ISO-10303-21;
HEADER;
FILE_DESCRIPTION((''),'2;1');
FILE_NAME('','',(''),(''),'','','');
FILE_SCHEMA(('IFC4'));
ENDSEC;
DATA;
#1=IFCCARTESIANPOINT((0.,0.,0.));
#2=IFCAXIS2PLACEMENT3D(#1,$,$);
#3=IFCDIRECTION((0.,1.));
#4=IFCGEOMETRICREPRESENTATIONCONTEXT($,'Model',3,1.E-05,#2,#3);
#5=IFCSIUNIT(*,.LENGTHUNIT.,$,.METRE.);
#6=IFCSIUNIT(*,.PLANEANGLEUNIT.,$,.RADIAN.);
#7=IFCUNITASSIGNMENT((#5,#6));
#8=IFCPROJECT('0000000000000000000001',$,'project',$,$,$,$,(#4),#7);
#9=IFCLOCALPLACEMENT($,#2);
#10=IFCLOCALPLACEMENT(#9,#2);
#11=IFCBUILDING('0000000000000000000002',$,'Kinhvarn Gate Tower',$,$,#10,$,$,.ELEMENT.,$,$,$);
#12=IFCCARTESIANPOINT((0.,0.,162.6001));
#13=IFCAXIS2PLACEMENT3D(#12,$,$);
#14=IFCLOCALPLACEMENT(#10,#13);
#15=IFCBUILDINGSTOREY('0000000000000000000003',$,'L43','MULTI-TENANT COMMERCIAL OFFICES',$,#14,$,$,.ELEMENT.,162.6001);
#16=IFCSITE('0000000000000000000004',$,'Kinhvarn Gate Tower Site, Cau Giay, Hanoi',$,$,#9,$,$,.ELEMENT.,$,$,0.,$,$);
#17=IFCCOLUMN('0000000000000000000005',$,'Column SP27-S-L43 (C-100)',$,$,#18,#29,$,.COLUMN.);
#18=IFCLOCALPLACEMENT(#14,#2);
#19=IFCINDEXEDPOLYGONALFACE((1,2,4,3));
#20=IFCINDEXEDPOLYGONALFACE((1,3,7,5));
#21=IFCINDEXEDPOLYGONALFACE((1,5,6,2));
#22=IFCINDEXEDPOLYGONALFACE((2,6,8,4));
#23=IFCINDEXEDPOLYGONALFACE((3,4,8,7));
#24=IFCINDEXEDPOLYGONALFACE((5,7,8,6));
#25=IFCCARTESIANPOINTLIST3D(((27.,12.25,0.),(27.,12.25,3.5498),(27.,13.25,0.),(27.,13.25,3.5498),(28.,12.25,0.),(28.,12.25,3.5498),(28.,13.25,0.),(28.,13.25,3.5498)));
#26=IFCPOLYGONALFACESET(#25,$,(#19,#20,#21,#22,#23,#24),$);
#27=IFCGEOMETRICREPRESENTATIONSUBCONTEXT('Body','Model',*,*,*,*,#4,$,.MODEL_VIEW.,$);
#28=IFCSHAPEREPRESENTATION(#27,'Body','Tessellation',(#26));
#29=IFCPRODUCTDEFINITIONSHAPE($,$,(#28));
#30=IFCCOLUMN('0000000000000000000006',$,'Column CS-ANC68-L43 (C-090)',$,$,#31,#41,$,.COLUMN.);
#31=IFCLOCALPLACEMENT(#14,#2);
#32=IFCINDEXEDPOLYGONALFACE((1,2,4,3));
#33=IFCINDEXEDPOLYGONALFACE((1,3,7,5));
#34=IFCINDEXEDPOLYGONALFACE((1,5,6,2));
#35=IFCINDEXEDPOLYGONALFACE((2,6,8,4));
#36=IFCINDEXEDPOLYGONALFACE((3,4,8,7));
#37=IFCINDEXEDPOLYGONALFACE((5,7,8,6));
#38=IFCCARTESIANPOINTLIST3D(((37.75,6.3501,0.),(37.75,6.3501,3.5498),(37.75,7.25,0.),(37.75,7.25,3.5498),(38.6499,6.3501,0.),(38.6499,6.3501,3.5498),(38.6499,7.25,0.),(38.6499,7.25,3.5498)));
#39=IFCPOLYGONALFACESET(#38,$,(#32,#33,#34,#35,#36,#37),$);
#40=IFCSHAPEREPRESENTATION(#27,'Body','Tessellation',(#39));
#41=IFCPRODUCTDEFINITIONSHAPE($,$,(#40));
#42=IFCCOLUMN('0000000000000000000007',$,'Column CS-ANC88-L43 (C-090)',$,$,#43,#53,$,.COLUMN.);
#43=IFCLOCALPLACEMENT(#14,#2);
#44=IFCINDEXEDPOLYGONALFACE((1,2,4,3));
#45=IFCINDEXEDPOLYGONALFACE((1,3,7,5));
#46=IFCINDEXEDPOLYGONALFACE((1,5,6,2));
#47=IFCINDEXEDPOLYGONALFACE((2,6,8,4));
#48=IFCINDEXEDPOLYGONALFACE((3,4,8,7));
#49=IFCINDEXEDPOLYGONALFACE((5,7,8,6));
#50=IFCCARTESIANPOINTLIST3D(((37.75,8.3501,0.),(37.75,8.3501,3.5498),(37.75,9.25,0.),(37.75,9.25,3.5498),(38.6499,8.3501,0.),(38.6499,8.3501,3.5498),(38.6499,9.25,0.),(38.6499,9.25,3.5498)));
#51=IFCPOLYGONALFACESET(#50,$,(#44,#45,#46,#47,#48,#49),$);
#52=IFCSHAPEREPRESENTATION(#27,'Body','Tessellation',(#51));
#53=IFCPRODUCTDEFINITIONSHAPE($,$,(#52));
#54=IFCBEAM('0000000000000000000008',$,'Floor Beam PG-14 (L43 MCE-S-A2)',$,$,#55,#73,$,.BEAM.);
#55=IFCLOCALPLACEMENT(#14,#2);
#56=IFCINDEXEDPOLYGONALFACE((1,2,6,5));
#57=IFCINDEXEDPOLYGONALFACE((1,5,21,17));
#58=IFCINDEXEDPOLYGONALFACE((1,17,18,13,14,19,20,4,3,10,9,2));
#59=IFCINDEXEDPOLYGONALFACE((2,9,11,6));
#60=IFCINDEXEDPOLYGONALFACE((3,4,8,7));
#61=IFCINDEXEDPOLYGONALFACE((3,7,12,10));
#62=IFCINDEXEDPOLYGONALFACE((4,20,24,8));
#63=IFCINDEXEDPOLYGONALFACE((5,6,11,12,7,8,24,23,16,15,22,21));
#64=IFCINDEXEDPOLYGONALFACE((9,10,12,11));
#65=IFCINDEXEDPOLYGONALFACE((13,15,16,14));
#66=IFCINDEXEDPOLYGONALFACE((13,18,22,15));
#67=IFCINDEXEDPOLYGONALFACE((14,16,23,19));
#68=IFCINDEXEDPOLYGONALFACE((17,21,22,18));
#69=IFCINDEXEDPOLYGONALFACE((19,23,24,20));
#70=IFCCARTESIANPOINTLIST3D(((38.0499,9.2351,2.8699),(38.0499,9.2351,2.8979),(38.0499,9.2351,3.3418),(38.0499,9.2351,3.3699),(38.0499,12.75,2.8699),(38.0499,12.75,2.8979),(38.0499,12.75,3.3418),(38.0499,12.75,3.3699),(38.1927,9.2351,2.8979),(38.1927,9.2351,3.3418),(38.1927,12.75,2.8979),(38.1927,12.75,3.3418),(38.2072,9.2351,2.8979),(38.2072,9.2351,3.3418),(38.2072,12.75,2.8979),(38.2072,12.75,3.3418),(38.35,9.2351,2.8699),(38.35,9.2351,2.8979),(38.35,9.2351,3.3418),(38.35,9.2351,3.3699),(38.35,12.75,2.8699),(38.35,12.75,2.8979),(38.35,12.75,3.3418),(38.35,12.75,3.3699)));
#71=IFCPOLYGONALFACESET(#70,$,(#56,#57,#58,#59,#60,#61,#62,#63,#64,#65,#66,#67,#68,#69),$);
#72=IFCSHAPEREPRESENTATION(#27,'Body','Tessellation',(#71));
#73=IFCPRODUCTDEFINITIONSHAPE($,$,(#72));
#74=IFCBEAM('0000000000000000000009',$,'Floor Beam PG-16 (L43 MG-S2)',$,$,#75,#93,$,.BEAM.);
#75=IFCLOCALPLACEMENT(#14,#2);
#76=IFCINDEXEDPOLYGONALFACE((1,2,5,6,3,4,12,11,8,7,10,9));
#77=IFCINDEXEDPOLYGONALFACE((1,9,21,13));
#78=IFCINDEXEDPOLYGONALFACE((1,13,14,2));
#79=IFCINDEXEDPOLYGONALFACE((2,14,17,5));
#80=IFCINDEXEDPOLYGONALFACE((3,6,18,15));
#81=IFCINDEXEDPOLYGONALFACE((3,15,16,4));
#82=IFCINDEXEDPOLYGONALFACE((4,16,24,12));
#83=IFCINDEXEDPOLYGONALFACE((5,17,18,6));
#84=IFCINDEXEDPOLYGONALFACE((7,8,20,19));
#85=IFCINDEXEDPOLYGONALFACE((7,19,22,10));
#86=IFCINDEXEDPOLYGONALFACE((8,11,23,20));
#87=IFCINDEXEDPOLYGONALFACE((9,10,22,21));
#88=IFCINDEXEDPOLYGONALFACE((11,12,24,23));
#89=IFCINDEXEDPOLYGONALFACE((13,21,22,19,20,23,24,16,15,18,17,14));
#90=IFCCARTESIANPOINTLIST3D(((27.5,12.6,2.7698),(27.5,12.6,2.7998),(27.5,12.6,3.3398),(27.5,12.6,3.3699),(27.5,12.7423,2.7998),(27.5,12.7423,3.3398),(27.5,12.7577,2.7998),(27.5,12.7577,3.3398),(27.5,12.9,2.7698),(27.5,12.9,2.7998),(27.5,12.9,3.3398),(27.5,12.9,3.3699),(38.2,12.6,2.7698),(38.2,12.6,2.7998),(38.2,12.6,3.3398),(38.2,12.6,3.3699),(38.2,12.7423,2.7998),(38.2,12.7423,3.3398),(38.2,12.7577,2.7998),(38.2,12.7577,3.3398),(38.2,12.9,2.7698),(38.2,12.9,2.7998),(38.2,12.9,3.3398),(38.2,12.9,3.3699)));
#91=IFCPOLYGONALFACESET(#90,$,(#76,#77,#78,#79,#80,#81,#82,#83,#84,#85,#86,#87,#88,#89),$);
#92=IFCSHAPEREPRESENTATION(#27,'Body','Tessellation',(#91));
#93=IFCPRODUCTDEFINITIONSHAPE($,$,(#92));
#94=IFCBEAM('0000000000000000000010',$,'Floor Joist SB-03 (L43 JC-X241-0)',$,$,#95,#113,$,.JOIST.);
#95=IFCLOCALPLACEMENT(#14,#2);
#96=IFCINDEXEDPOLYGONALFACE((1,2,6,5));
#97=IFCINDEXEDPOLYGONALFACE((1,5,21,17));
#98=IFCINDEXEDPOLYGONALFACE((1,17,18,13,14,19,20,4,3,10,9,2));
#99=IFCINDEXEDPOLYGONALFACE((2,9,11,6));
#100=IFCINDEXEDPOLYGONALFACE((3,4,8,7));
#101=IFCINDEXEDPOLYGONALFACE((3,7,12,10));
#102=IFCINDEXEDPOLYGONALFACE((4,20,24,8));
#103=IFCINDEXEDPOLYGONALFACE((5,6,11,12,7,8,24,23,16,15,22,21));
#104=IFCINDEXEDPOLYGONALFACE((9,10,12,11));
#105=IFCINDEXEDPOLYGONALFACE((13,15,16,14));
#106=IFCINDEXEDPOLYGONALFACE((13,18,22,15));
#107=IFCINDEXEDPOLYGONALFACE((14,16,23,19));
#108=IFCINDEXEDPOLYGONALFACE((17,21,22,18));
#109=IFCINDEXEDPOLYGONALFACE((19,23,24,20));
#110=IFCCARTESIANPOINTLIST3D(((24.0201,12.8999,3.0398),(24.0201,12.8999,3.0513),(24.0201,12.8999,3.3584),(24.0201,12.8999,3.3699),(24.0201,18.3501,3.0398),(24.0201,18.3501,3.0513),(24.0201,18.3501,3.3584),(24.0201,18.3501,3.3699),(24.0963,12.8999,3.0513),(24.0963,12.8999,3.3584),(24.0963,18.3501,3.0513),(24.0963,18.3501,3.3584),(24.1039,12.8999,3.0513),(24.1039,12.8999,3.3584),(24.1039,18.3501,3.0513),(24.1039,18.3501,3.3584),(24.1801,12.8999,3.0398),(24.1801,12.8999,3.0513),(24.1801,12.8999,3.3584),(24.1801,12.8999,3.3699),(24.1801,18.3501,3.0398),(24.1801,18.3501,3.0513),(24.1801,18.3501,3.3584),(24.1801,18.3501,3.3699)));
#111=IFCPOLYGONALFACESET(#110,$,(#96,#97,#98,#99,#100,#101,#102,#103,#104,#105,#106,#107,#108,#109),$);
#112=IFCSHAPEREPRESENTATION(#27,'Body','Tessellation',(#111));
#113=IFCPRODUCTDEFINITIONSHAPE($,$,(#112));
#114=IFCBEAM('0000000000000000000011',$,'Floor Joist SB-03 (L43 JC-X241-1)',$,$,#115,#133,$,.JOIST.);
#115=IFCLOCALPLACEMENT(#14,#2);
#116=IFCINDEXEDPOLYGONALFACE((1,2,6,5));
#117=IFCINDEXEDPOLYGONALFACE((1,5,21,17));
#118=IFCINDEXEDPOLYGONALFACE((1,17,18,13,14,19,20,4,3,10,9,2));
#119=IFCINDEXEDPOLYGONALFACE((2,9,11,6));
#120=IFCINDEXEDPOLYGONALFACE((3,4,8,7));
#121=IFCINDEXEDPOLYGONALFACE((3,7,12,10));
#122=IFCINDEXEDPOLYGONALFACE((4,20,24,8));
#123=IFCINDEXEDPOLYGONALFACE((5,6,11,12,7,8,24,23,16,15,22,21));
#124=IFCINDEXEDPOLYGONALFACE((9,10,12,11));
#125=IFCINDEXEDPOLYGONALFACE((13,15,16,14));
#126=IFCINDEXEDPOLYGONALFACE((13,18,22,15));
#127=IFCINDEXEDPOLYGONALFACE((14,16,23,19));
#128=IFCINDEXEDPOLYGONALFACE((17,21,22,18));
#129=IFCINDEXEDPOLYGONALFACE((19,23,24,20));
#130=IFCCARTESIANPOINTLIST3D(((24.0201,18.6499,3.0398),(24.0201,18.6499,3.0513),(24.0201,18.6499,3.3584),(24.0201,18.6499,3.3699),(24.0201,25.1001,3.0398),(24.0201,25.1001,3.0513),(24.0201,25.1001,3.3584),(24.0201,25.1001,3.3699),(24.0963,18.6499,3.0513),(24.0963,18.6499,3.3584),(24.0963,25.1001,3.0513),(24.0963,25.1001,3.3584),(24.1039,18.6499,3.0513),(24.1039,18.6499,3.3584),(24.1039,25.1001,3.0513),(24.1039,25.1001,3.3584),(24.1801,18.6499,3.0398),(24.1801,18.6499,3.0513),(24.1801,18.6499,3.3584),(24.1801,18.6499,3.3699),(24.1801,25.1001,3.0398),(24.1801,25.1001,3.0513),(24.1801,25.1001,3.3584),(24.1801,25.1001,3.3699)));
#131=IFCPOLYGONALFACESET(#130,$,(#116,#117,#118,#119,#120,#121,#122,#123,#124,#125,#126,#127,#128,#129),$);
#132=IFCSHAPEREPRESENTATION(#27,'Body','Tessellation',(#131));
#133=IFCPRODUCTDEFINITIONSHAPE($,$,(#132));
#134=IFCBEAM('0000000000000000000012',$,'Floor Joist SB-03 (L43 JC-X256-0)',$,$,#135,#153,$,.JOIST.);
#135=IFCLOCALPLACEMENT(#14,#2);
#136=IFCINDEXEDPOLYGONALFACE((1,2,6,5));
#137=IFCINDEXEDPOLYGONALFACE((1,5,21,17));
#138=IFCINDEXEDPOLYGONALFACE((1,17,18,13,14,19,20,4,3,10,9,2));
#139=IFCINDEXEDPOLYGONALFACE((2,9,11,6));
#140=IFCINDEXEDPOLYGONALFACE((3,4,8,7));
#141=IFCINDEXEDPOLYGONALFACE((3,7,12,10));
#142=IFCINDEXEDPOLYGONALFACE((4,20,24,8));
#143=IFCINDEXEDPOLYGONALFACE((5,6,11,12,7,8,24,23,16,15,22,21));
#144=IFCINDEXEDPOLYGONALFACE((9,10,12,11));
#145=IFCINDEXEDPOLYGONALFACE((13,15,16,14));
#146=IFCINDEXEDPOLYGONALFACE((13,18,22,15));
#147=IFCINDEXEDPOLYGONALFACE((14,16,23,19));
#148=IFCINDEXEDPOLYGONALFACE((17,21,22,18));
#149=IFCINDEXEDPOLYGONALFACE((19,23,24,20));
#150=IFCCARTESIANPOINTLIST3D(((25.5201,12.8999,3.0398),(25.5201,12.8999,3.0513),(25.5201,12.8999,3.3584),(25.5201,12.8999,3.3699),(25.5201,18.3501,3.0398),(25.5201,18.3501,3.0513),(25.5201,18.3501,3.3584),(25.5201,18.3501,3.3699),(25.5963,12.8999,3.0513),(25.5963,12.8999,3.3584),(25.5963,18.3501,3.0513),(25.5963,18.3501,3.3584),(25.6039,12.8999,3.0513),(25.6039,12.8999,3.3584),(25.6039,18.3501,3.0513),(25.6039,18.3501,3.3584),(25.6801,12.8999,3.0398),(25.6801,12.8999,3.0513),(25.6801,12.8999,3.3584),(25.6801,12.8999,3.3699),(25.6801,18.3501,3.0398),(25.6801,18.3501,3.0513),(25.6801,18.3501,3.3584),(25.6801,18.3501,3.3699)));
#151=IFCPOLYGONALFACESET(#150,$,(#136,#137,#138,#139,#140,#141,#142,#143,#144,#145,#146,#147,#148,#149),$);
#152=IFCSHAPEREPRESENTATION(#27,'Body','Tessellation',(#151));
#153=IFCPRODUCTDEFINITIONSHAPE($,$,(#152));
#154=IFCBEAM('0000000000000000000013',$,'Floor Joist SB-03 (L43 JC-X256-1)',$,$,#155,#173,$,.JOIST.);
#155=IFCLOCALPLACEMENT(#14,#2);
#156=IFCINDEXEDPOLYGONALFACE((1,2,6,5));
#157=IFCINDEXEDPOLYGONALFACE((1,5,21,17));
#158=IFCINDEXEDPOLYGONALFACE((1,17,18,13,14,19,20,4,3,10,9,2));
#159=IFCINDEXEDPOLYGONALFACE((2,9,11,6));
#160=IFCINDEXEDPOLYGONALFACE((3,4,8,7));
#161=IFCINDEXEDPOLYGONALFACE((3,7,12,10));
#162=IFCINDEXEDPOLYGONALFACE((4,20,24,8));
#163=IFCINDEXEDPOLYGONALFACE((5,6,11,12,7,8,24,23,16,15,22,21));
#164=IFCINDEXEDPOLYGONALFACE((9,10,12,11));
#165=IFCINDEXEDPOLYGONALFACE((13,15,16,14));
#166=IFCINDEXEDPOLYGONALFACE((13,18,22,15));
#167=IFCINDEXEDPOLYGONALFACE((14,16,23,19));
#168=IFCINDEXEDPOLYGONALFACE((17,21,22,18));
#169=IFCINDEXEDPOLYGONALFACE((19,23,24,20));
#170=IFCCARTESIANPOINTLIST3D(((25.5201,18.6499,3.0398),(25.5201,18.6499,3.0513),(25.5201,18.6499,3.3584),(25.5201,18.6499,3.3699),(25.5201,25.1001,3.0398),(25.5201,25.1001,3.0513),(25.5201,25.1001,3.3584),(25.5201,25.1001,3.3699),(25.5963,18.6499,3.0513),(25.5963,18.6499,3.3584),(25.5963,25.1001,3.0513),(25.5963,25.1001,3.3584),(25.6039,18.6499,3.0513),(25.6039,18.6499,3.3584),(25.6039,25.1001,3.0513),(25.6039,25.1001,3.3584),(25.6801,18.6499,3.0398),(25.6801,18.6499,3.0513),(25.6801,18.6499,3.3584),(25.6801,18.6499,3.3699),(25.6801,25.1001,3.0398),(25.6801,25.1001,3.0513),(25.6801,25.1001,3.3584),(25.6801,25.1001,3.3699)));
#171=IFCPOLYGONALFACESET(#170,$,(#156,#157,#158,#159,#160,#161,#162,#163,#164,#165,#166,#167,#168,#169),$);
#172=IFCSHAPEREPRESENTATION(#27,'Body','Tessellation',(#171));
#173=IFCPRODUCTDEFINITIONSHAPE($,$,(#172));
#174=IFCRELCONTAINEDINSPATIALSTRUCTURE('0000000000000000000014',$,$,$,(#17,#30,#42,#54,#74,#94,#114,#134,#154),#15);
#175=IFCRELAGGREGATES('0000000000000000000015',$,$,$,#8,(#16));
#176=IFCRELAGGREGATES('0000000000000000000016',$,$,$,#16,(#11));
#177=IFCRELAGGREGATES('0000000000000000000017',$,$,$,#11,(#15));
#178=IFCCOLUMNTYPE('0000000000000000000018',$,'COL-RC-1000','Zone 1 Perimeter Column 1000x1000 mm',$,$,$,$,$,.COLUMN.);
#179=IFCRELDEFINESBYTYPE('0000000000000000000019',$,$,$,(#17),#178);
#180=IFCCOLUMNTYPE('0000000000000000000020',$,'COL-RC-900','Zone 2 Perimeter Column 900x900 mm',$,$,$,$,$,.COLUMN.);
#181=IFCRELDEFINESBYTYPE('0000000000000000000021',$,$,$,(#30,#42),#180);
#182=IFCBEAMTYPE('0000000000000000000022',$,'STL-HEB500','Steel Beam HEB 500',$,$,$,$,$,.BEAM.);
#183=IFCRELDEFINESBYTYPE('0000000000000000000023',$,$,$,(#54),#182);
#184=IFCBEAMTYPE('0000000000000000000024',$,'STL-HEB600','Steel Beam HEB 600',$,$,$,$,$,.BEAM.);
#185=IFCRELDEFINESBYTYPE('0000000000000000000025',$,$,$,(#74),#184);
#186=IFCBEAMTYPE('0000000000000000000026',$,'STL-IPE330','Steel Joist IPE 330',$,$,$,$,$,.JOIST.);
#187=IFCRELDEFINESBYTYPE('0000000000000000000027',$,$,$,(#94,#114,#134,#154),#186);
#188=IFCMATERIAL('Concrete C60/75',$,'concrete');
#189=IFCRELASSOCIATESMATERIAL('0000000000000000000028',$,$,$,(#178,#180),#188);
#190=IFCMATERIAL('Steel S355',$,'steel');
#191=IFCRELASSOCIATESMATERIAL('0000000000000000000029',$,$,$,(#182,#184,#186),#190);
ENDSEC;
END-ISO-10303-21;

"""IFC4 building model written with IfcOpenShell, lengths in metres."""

from ifc_helpers import new_model, si_unit, direction, frame, origin, origin_2d, place, context, subcontext, project, spatial, rectangle, i_section, extrude, material, material_profile, profile_set, type_object, element, save


model = new_model("IFC4")

# Units and contexts
model_context = context("Model", 3, precision=1e-05, world=origin(), true_north=direction((0.0, 1.0)))
body_context = subcontext(model_context, "Body", "Model", "MODEL_VIEW")
ifc_project = project(units=[si_unit("LENGTHUNIT", "METRE"), si_unit("PLANEANGLEUNIT", "RADIAN")], contexts=[model_context])

# Site, building, storey
site_placement = place(None, origin())
site = spatial("IfcSite", under=ifc_project, at=site_placement, Name="Kinhvarn Gate Tower Site, Cau Giay, Hanoi", CompositionType="ELEMENT", RefElevation=0.0)
building_placement = place(site_placement, origin())
building = spatial("IfcBuilding", under=site, at=building_placement, Name="Kinhvarn Gate Tower", CompositionType="ELEMENT")
storey_placement = place(building_placement, frame((0.0, 0.0, 162.6001)))
storey = spatial("IfcBuildingStorey", under=building, at=storey_placement, Name="L43", Description="MULTI-TENANT COMMERCIAL OFFICES", CompositionType="ELEMENT", Elevation=162.6001)

# Columns
ifc_material_1 = material(Name="Concrete C60/75", Category="concrete")
ifc_material_profile_1 = material_profile(ifc_material_1, rectangle(XDim=1.0, YDim=1.0, at=origin_2d()), Name="RC 1000x1000")
ifc_profile_set_1 = profile_set([ifc_material_profile_1], Name="Concrete C60/75")
column_type_1 = type_object("IfcColumnType", Name="COL-RC-1000", Description="Zone 1 Perimeter Column 1000x1000 mm", PredefinedType="COLUMN", material=ifc_profile_set_1)
column_placement = place(storey_placement, frame((27.5, 12.75, 0.0), z_axis=(0.0, 0.0, 1.0), x_axis=(1.0, 0.0, 0.0)))
element("IfcColumn", 1, at=column_placement, inside=storey, type_object=column_type_1, Name="Column SP27-S-L43 (C-100)", PredefinedType="COLUMN", context=body_context, shape_type="SweptSolid", body=[
    extrude(rectangle(XDim=1.0, YDim=1.0, at=origin_2d()), origin(), (0.0, 0.0, 1.0), 3.5498),
])
ifc_material_profile_2 = material_profile(ifc_material_1, rectangle(XDim=0.8999, YDim=0.8999, at=origin_2d()), Name="RC 900x900")
ifc_profile_set_2 = profile_set([ifc_material_profile_2], Name="Concrete C60/75")
column_type_2 = type_object("IfcColumnType", Name="COL-RC-900", Description="Zone 2 Perimeter Column 900x900 mm", PredefinedType="COLUMN", material=ifc_profile_set_2)
for number, where, z_axis, x_axis, name in (
    (2, (38.2, 6.8, 0.0), (0.0, 0.0, 1.0), (1.0, 0.0, 0.0), "Column CS-ANC68-L43 (C-090)"),
    (3, (38.2, 8.8, 0.0), (0.0, 0.0, 1.0), (1.0, 0.0, 0.0), "Column CS-ANC88-L43 (C-090)"),
):
    element("IfcColumn", number, at=place(storey_placement, frame(where, z_axis=z_axis, x_axis=x_axis)), inside=storey, type_object=column_type_2, Name=name, PredefinedType="COLUMN", context=body_context, shape_type="SweptSolid", body=[
        extrude(rectangle(XDim=0.8999, YDim=0.8999, at=origin_2d()), origin(), (0.0, 0.0, 1.0), 3.5498),
    ])

# Beams
ifc_material_2 = material(Name="Steel S355", Category="steel")
ifc_material_profile_3 = material_profile(ifc_material_2, i_section(OverallWidth=0.3, OverallDepth=0.5, WebThickness=0.0144, FlangeThickness=0.0281, at=origin_2d()), Name="HEB 500")
ifc_profile_set_3 = profile_set([ifc_material_profile_3], Name="Steel S355")
beam_type_1 = type_object("IfcBeamType", Name="STL-HEB500", Description="Steel Beam HEB 500", PredefinedType="BEAM", material=ifc_profile_set_3)
beam_1_placement = place(storey_placement, frame((38.2, 9.2351, 3.1199), z_axis=(0.0, 1.0, 0.0), x_axis=(-1.0, 0.0, 0.0)))
element("IfcBeam", 4, at=beam_1_placement, inside=storey, type_object=beam_type_1, Name="Floor Beam PG-14 (L43 MCE-S-A2)", PredefinedType="BEAM", context=body_context, shape_type="SweptSolid", body=[
    extrude(i_section(OverallWidth=0.3, OverallDepth=0.5, WebThickness=0.0144, FlangeThickness=0.0281, at=origin_2d()), origin(), (0.0, 0.0, 1.0), 3.5149),
])
ifc_material_profile_4 = material_profile(ifc_material_2, i_section(OverallWidth=0.3, OverallDepth=0.6001, WebThickness=0.0154, FlangeThickness=0.03, at=origin_2d()), Name="HEB 600")
ifc_profile_set_4 = profile_set([ifc_material_profile_4], Name="Steel S355")
beam_type_2 = type_object("IfcBeamType", Name="STL-HEB600", Description="Steel Beam HEB 600", PredefinedType="BEAM", material=ifc_profile_set_4)
beam_2_placement = place(storey_placement, frame((27.5, 12.75, 3.0698), z_axis=(1.0, 0.0, 0.0), x_axis=(0.0, 1.0, 0.0)))
element("IfcBeam", 5, at=beam_2_placement, inside=storey, type_object=beam_type_2, Name="Floor Beam PG-16 (L43 MG-S2)", PredefinedType="BEAM", context=body_context, shape_type="SweptSolid", body=[
    extrude(i_section(OverallWidth=0.3, OverallDepth=0.6001, WebThickness=0.0154, FlangeThickness=0.03, at=origin_2d()), origin(), (0.0, 0.0, 1.0), 10.7),
])
ifc_material_profile_5 = material_profile(ifc_material_2, i_section(OverallWidth=0.1599, OverallDepth=0.3301, WebThickness=0.0076, FlangeThickness=0.0115, at=origin_2d()), Name="IPE 330")
ifc_profile_set_5 = profile_set([ifc_material_profile_5], Name="Steel S355")
beam_type_3 = type_object("IfcBeamType", Name="STL-IPE330", Description="Steel Joist IPE 330", PredefinedType="JOIST", material=ifc_profile_set_5)
beam_3_placement = place(storey_placement, frame((24.1001, 12.8999, 3.2048), z_axis=(0.0, 1.0, 0.0), x_axis=(-1.0, 0.0, 0.0)))
element("IfcBeam", 6, at=beam_3_placement, inside=storey, type_object=beam_type_3, Name="Floor Joist SB-03 (L43 JC-X241-0)", PredefinedType="JOIST", context=body_context, shape_type="SweptSolid", body=[
    extrude(i_section(OverallWidth=0.1599, OverallDepth=0.3301, WebThickness=0.0076, FlangeThickness=0.0115, at=origin_2d()), origin(), (0.0, 0.0, 1.0), 5.4502),
])
beam_4_placement = place(storey_placement, frame((24.1001, 18.6499, 3.2048), z_axis=(0.0, 1.0, 0.0), x_axis=(-1.0, 0.0, 0.0)))
element("IfcBeam", 7, at=beam_4_placement, inside=storey, type_object=beam_type_3, Name="Floor Joist SB-03 (L43 JC-X241-1)", PredefinedType="JOIST", context=body_context, shape_type="SweptSolid", body=[
    extrude(i_section(OverallWidth=0.1599, OverallDepth=0.3301, WebThickness=0.0076, FlangeThickness=0.0115, at=origin_2d()), origin(), (0.0, 0.0, 1.0), 6.4502),
])
beam_5_placement = place(storey_placement, frame((25.6001, 12.8999, 3.2048), z_axis=(0.0, 1.0, 0.0), x_axis=(-1.0, 0.0, 0.0)))
element("IfcBeam", 8, at=beam_5_placement, inside=storey, type_object=beam_type_3, Name="Floor Joist SB-03 (L43 JC-X256-0)", PredefinedType="JOIST", context=body_context, shape_type="SweptSolid", body=[
    extrude(i_section(OverallWidth=0.1599, OverallDepth=0.3301, WebThickness=0.0076, FlangeThickness=0.0115, at=origin_2d()), origin(), (0.0, 0.0, 1.0), 5.4502),
])
beam_6_placement = place(storey_placement, frame((25.6001, 18.6499, 3.2048), z_axis=(0.0, 1.0, 0.0), x_axis=(-1.0, 0.0, 0.0)))
element("IfcBeam", 9, at=beam_6_placement, inside=storey, type_object=beam_type_3, Name="Floor Joist SB-03 (L43 JC-X256-1)", PredefinedType="JOIST", context=body_context, shape_type="SweptSolid", body=[
    extrude(i_section(OverallWidth=0.1599, OverallDepth=0.3301, WebThickness=0.0076, FlangeThickness=0.0115, at=origin_2d()), origin(), (0.0, 0.0, 1.0), 6.4502),
])

save(model, "model.ifc")
